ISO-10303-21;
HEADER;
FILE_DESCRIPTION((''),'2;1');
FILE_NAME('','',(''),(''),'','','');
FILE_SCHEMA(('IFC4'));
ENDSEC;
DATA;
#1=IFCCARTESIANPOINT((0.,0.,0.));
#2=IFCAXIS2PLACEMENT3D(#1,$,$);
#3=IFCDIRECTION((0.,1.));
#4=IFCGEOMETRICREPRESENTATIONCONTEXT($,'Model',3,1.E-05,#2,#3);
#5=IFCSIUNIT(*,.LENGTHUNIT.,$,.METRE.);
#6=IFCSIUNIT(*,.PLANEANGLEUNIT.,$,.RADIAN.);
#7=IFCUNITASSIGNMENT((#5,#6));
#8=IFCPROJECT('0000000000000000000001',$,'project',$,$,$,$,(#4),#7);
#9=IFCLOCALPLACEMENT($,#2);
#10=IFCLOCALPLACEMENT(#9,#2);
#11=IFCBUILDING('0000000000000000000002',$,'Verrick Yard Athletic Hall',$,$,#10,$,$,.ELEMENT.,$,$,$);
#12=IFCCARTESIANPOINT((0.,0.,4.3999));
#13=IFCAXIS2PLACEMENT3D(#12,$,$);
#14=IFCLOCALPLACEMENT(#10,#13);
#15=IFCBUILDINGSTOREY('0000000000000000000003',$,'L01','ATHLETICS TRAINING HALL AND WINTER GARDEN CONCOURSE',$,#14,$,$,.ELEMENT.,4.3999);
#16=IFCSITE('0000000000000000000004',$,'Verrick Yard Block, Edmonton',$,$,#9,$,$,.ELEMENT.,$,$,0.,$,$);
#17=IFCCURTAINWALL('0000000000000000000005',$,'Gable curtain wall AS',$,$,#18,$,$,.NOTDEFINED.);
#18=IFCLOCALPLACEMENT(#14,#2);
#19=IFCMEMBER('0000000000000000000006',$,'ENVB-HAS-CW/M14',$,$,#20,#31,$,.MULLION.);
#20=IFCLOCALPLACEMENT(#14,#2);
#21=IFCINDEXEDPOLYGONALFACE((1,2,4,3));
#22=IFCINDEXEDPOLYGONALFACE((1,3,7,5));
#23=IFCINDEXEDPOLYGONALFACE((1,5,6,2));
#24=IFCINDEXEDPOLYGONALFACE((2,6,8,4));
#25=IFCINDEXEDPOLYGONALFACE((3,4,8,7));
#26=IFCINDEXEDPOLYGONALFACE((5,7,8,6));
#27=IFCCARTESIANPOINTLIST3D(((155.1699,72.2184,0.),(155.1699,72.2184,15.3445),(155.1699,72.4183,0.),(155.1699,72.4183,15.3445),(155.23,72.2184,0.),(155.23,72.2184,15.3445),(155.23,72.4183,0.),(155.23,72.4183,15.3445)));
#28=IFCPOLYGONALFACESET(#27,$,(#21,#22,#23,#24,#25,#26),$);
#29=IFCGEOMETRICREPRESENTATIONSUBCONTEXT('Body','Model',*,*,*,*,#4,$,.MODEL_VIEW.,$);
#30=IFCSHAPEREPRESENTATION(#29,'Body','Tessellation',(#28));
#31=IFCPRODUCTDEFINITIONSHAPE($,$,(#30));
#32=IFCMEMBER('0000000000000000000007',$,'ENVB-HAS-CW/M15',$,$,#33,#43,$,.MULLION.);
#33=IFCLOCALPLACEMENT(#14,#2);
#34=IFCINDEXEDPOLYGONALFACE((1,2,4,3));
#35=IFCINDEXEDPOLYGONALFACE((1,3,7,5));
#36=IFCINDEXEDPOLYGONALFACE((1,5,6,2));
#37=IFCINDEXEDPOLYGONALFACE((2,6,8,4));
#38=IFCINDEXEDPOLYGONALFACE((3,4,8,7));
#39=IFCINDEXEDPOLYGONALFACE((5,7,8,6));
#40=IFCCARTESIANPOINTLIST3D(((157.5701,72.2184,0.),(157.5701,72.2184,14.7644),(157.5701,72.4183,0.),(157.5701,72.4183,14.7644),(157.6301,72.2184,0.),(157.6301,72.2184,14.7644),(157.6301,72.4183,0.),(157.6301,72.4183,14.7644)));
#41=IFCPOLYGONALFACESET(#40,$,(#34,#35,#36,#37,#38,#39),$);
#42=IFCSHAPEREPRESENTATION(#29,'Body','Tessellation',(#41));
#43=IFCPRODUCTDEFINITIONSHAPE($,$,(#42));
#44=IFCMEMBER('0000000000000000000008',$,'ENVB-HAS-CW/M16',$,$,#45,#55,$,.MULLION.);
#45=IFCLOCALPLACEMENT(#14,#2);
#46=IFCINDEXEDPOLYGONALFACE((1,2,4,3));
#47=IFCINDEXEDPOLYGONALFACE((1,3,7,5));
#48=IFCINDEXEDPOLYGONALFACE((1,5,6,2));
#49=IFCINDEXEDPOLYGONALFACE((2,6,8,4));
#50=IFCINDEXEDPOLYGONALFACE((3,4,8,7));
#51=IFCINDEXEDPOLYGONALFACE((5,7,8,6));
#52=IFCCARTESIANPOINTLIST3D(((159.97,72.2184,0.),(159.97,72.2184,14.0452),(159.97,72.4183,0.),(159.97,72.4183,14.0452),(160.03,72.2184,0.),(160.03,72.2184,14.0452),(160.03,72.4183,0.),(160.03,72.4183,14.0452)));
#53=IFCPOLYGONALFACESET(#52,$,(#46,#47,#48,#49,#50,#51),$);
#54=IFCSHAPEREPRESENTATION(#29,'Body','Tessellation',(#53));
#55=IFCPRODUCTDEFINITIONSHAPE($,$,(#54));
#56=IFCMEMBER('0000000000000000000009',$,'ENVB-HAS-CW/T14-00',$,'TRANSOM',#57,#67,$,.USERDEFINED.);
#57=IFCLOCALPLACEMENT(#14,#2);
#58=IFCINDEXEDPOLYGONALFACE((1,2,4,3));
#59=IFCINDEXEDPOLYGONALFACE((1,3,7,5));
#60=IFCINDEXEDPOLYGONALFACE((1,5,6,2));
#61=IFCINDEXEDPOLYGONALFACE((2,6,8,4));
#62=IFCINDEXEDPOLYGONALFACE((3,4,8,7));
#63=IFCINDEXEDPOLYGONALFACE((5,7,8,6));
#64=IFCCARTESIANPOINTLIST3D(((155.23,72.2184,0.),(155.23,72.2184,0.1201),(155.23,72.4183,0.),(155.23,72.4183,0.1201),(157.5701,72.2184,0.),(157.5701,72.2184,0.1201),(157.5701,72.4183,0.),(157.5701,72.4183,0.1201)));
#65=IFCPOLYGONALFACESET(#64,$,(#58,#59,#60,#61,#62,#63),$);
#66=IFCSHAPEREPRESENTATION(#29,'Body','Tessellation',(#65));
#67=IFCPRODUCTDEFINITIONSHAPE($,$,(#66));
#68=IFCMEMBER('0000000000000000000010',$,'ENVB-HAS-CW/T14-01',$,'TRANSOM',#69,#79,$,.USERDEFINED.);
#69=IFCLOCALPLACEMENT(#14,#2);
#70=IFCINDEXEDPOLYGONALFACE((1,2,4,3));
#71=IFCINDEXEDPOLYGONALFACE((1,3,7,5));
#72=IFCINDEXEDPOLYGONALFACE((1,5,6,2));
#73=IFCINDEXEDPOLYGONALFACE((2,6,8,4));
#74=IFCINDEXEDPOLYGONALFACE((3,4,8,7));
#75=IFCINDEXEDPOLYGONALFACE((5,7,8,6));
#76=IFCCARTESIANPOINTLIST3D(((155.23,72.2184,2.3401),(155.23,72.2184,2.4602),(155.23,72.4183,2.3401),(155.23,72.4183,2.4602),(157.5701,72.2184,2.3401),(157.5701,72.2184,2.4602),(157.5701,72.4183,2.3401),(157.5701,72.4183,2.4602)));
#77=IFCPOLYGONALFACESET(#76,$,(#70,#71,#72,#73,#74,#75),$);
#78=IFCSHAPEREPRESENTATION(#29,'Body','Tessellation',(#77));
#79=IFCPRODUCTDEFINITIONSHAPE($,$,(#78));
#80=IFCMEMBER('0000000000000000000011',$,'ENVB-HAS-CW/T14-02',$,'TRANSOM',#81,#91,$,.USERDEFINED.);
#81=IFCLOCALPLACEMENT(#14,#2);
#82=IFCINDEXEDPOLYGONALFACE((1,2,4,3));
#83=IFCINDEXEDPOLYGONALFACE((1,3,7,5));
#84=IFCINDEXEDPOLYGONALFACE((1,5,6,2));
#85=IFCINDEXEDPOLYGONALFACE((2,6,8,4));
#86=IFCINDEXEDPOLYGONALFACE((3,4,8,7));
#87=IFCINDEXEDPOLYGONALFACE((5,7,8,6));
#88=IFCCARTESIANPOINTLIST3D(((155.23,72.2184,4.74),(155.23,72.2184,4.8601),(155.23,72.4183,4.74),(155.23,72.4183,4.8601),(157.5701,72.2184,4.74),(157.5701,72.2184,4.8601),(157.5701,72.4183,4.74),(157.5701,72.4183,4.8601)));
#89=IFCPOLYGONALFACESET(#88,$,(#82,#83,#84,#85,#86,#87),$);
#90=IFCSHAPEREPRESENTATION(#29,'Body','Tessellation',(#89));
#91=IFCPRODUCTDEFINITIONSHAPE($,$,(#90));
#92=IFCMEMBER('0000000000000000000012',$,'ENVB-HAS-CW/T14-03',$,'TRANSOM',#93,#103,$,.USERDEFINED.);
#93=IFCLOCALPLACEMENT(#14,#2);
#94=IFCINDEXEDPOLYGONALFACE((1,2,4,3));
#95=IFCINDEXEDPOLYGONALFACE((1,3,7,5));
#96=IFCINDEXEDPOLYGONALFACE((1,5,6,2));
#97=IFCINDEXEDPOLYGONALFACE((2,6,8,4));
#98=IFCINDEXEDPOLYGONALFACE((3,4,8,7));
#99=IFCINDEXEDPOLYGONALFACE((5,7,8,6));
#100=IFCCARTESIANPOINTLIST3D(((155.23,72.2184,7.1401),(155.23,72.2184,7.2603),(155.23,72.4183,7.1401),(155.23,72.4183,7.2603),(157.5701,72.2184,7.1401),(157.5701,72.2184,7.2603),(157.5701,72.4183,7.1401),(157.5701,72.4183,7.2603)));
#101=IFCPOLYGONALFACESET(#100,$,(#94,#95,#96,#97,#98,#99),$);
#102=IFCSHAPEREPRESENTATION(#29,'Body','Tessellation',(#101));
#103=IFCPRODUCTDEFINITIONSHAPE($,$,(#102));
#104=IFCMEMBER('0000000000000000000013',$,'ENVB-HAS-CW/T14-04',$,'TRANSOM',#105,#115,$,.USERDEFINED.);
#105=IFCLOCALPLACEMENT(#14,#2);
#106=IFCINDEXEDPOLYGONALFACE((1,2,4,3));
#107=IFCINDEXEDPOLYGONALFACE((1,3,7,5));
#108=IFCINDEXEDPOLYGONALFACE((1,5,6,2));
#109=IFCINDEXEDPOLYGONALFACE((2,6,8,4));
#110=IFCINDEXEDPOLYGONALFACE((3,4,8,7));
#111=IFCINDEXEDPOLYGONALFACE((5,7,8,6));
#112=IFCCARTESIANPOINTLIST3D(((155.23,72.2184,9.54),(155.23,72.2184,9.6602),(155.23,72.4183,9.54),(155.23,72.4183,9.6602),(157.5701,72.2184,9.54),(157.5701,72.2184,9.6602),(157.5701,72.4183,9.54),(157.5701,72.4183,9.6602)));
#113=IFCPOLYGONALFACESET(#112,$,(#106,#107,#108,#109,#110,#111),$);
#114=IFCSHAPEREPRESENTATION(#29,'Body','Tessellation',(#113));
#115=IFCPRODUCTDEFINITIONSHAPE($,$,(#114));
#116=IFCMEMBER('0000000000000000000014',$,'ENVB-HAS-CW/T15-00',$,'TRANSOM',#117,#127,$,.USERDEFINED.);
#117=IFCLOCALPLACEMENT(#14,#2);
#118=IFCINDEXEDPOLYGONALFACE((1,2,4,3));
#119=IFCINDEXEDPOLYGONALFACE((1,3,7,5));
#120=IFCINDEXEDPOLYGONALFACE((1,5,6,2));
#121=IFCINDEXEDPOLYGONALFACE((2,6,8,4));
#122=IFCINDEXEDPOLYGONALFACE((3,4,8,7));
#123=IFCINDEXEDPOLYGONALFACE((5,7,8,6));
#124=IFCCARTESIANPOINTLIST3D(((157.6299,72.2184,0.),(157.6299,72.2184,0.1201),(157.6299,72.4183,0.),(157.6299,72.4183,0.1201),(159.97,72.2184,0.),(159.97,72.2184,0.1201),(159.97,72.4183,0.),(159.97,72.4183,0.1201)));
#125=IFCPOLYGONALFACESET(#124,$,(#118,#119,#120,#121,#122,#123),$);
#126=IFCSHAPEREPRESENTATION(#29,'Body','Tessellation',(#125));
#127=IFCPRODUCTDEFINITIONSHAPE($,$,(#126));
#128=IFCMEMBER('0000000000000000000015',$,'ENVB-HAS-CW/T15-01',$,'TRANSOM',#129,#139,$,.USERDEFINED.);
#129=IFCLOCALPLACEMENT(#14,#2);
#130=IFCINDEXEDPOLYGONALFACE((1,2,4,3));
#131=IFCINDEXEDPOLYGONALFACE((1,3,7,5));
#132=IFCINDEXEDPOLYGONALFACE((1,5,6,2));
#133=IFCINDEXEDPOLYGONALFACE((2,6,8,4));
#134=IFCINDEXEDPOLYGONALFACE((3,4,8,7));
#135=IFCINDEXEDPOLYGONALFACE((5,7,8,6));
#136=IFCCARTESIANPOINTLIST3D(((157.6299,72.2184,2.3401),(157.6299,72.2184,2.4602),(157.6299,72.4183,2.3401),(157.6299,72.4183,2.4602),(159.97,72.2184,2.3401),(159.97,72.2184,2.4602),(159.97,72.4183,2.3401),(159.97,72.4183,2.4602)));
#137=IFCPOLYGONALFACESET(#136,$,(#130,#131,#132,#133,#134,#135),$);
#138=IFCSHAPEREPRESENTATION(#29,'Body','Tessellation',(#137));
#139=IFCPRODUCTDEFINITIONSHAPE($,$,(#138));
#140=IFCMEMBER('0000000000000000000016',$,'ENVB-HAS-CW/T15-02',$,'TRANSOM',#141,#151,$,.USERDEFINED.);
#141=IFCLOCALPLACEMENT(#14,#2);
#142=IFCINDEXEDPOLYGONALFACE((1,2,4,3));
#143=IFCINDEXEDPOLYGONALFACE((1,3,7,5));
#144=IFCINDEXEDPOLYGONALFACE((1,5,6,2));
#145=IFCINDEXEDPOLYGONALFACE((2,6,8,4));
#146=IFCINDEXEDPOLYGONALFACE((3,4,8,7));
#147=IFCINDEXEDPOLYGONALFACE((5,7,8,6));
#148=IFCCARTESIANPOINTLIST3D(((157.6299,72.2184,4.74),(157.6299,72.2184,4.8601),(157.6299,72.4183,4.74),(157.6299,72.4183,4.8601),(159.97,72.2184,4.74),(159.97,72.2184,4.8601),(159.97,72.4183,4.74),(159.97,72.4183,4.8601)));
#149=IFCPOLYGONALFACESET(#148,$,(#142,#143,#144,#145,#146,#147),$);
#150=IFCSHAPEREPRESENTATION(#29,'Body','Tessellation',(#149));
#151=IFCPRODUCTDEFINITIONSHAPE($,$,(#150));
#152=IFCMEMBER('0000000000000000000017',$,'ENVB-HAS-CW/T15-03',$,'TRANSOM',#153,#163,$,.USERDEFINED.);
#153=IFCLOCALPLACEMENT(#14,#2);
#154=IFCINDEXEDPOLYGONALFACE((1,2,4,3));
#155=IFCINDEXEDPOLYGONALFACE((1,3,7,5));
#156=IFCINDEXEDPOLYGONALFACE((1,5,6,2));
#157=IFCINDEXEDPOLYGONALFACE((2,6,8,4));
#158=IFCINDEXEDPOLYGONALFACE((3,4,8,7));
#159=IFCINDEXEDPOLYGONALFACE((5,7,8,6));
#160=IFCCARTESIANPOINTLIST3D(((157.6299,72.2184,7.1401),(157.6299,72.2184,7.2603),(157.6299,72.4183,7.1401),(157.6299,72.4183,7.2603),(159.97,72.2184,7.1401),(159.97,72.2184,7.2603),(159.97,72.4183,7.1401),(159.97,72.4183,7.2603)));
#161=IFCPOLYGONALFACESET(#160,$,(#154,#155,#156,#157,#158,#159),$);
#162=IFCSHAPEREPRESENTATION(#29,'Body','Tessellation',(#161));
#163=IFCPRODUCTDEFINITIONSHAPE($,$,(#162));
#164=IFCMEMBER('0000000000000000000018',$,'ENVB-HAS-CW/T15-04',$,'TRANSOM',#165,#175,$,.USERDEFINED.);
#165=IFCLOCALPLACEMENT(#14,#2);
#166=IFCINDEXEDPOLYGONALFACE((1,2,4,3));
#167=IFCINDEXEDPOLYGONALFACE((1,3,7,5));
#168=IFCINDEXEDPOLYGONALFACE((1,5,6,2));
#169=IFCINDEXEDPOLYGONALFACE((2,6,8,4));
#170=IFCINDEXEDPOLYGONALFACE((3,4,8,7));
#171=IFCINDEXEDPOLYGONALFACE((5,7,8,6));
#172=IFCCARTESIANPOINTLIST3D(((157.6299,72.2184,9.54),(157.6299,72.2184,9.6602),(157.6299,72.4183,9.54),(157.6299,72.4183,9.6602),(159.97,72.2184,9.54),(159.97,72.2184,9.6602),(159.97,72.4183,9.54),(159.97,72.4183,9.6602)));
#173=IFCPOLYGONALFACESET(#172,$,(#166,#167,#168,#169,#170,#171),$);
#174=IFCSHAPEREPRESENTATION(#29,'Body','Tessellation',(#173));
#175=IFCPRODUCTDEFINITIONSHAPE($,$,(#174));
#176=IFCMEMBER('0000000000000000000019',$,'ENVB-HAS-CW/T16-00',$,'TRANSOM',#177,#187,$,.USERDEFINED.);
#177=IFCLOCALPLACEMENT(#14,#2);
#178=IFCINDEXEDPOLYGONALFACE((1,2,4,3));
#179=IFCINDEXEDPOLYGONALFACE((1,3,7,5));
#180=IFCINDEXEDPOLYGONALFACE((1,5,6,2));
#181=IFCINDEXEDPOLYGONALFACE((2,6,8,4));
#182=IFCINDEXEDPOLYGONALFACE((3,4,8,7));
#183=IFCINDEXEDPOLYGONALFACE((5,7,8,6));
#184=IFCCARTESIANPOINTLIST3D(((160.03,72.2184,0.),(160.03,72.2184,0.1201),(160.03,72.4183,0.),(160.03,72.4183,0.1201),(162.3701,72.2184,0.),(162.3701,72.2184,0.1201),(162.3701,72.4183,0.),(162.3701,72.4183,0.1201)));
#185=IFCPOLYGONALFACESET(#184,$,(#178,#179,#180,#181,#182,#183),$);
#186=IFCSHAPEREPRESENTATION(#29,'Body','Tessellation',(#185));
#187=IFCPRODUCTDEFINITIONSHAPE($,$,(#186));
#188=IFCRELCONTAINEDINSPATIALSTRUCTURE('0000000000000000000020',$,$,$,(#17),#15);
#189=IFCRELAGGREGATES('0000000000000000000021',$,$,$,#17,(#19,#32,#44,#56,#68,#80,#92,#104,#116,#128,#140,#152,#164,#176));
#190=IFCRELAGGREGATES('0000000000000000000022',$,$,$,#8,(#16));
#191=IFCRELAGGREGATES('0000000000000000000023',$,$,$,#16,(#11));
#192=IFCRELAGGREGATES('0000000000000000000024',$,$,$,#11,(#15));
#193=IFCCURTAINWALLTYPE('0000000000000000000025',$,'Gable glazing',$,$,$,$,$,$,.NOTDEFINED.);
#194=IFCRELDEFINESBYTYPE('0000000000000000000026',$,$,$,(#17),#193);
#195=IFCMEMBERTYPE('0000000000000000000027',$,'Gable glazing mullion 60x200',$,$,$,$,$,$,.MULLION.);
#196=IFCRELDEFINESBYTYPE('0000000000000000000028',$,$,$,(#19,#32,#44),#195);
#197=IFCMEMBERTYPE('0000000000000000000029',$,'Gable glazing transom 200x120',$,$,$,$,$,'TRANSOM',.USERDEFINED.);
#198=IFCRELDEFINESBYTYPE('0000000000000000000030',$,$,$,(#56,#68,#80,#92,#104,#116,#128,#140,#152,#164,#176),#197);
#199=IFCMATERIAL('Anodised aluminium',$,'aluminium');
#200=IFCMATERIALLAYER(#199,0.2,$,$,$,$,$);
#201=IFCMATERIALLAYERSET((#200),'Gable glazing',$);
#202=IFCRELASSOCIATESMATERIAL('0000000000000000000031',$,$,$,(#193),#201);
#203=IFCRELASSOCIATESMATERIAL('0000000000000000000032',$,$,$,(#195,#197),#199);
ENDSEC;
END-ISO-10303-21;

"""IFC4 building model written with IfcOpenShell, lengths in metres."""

from ifc_helpers import new_model, si_unit, direction, frame, origin, origin_2d, place, context, subcontext, project, spatial, rectangle, extrude, material, layer, layer_set, material_profile, profile_set, type_object, element, aggregate, save


model = new_model("IFC4")

# Units and contexts
model_context = context("Model", 3, precision=1e-05, world=origin(), true_north=direction((0.0, 1.0)))
body_context = subcontext(model_context, "Body", "Model", "MODEL_VIEW")
ifc_project = project(units=[si_unit("LENGTHUNIT", "METRE"), si_unit("PLANEANGLEUNIT", "RADIAN")], contexts=[model_context])

# Site, building, storey
site_placement = place(None, origin())
site = spatial("IfcSite", under=ifc_project, at=site_placement, Name="Verrick Yard Block, Edmonton", CompositionType="ELEMENT", RefElevation=0.0)
building_placement = place(site_placement, origin())
building = spatial("IfcBuilding", under=site, at=building_placement, Name="Verrick Yard Athletic Hall", CompositionType="ELEMENT")
storey_placement = place(building_placement, frame((0.0, 0.0, 4.3999)))
storey = spatial("IfcBuildingStorey", under=building, at=storey_placement, Name="L01", Description="ATHLETICS TRAINING HALL AND WINTER GARDEN CONCOURSE", CompositionType="ELEMENT", Elevation=4.3999)

# Curtain wall, members
ifc_material_1 = material(Name="Anodised aluminium", Category="aluminium")
ifc_layer_1 = layer(ifc_material_1, 0.2)
ifc_layer_set_1 = layer_set([ifc_layer_1], Name="Gable glazing")
curtain_wall_type = type_object("IfcCurtainWallType", Name="Gable glazing", PredefinedType="NOTDEFINED", material=ifc_layer_set_1)
curtain_wall_placement = place(storey_placement, origin())
curtain_wall = element("IfcCurtainWall", 1, at=curtain_wall_placement, inside=storey, type_object=curtain_wall_type, Name="Gable curtain wall AS", PredefinedType="NOTDEFINED")
ifc_material_profile_1 = material_profile(ifc_material_1, rectangle(XDim=0.2, YDim=0.0601, at=origin_2d()), Name="CW gable mullion 60x200")
ifc_profile_set_1 = profile_set([ifc_material_profile_1], Name="Anodised aluminium")
member_type_1 = type_object("IfcMemberType", Name="Gable glazing mullion 60x200", PredefinedType="MULLION", material=ifc_profile_set_1)
member_1_placement = place(storey_placement, frame((155.2, 72.3184, 0.0), z_axis=(0.0, 0.0, 1.0), x_axis=(0.0, 1.0, 0.0)))
member_1 = element("IfcMember", 2, at=member_1_placement, type_object=member_type_1, Name="ENVB-HAS-CW/M14", PredefinedType="MULLION", context=body_context, shape_type="SweptSolid", body=[
    extrude(rectangle(XDim=0.2, YDim=0.0601, at=origin_2d()), origin(), (0.0, 0.0, 1.0), 15.3445),
])
member_2_placement = place(storey_placement, frame((157.6001, 72.3184, 0.0), z_axis=(0.0, 0.0, 1.0), x_axis=(0.0, 1.0, 0.0)))
member_2 = element("IfcMember", 3, at=member_2_placement, type_object=member_type_1, Name="ENVB-HAS-CW/M15", PredefinedType="MULLION", context=body_context, shape_type="SweptSolid", body=[
    extrude(rectangle(XDim=0.2, YDim=0.0601, at=origin_2d()), origin(), (0.0, 0.0, 1.0), 14.7644),
])
member_3_placement = place(storey_placement, frame((160.0, 72.3184, 0.0), z_axis=(0.0, 0.0, 1.0), x_axis=(0.0, 1.0, 0.0)))
member_3 = element("IfcMember", 4, at=member_3_placement, type_object=member_type_1, Name="ENVB-HAS-CW/M16", PredefinedType="MULLION", context=body_context, shape_type="SweptSolid", body=[
    extrude(rectangle(XDim=0.2, YDim=0.0601, at=origin_2d()), origin(), (0.0, 0.0, 1.0), 14.0452),
])
ifc_material_profile_2 = material_profile(ifc_material_1, rectangle(XDim=0.2, YDim=0.1201, at=origin_2d()), Name="CW gable transom 200x120")
ifc_profile_set_2 = profile_set([ifc_material_profile_2], Name="Anodised aluminium")
member_type_2 = type_object("IfcMemberType", Name="Gable glazing transom 200x120", ElementType="TRANSOM", PredefinedType="USERDEFINED", material=ifc_profile_set_2)
member_4_placement = place(storey_placement, frame((155.23, 72.3184, 0.0601), z_axis=(1.0, 0.0, 0.0), x_axis=(0.0, 1.0, 0.0)))
member_4 = element("IfcMember", 5, at=member_4_placement, type_object=member_type_2, Name="ENVB-HAS-CW/T14-00", ObjectType="TRANSOM", PredefinedType="USERDEFINED", context=body_context, shape_type="SweptSolid", body=[
    extrude(rectangle(XDim=0.2, YDim=0.1201, at=origin_2d()), origin(), (0.0, 0.0, 1.0), 2.3401),
])
member_5_placement = place(storey_placement, frame((155.23, 72.3184, 2.4001), z_axis=(1.0, 0.0, 0.0), x_axis=(0.0, 1.0, 0.0)))
member_5 = element("IfcMember", 6, at=member_5_placement, type_object=member_type_2, Name="ENVB-HAS-CW/T14-01", ObjectType="TRANSOM", PredefinedType="USERDEFINED", context=body_context, shape_type="SweptSolid", body=[
    extrude(rectangle(XDim=0.2, YDim=0.1201, at=origin_2d()), origin(), (0.0, 0.0, 1.0), 2.3401),
])
member_6_placement = place(storey_placement, frame((155.23, 72.3184, 4.8), z_axis=(1.0, 0.0, 0.0), x_axis=(0.0, 1.0, 0.0)))
member_6 = element("IfcMember", 7, at=member_6_placement, type_object=member_type_2, Name="ENVB-HAS-CW/T14-02", ObjectType="TRANSOM", PredefinedType="USERDEFINED", context=body_context, shape_type="SweptSolid", body=[
    extrude(rectangle(XDim=0.2, YDim=0.1201, at=origin_2d()), origin(), (0.0, 0.0, 1.0), 2.3401),
])
member_7_placement = place(storey_placement, frame((155.23, 72.3184, 7.2002), z_axis=(1.0, 0.0, 0.0), x_axis=(0.0, 1.0, 0.0)))
member_7 = element("IfcMember", 8, at=member_7_placement, type_object=member_type_2, Name="ENVB-HAS-CW/T14-03", ObjectType="TRANSOM", PredefinedType="USERDEFINED", context=body_context, shape_type="SweptSolid", body=[
    extrude(rectangle(XDim=0.2, YDim=0.1201, at=origin_2d()), origin(), (0.0, 0.0, 1.0), 2.3401),
])
member_8_placement = place(storey_placement, frame((155.23, 72.3184, 9.6001), z_axis=(1.0, 0.0, 0.0), x_axis=(0.0, 1.0, 0.0)))
member_8 = element("IfcMember", 9, at=member_8_placement, type_object=member_type_2, Name="ENVB-HAS-CW/T14-04", ObjectType="TRANSOM", PredefinedType="USERDEFINED", context=body_context, shape_type="SweptSolid", body=[
    extrude(rectangle(XDim=0.2, YDim=0.1201, at=origin_2d()), origin(), (0.0, 0.0, 1.0), 2.3401),
])
member_9_placement = place(storey_placement, frame((157.6299, 72.3184, 0.0601), z_axis=(1.0, 0.0, 0.0), x_axis=(0.0, 1.0, 0.0)))
member_9 = element("IfcMember", 10, at=member_9_placement, type_object=member_type_2, Name="ENVB-HAS-CW/T15-00", ObjectType="TRANSOM", PredefinedType="USERDEFINED", context=body_context, shape_type="SweptSolid", body=[
    extrude(rectangle(XDim=0.2, YDim=0.1201, at=origin_2d()), origin(), (0.0, 0.0, 1.0), 2.3401),
])
member_10_placement = place(storey_placement, frame((157.6299, 72.3184, 2.4001), z_axis=(1.0, 0.0, 0.0), x_axis=(0.0, 1.0, 0.0)))
member_10 = element("IfcMember", 11, at=member_10_placement, type_object=member_type_2, Name="ENVB-HAS-CW/T15-01", ObjectType="TRANSOM", PredefinedType="USERDEFINED", context=body_context, shape_type="SweptSolid", body=[
    extrude(rectangle(XDim=0.2, YDim=0.1201, at=origin_2d()), origin(), (0.0, 0.0, 1.0), 2.3401),
])
member_11_placement = place(storey_placement, frame((157.6299, 72.3184, 4.8), z_axis=(1.0, 0.0, 0.0), x_axis=(0.0, 1.0, 0.0)))
member_11 = element("IfcMember", 12, at=member_11_placement, type_object=member_type_2, Name="ENVB-HAS-CW/T15-02", ObjectType="TRANSOM", PredefinedType="USERDEFINED", context=body_context, shape_type="SweptSolid", body=[
    extrude(rectangle(XDim=0.2, YDim=0.1201, at=origin_2d()), origin(), (0.0, 0.0, 1.0), 2.3401),
])
member_12_placement = place(storey_placement, frame((157.6299, 72.3184, 7.2002), z_axis=(1.0, 0.0, 0.0), x_axis=(0.0, 1.0, 0.0)))
member_12 = element("IfcMember", 13, at=member_12_placement, type_object=member_type_2, Name="ENVB-HAS-CW/T15-03", ObjectType="TRANSOM", PredefinedType="USERDEFINED", context=body_context, shape_type="SweptSolid", body=[
    extrude(rectangle(XDim=0.2, YDim=0.1201, at=origin_2d()), origin(), (0.0, 0.0, 1.0), 2.3401),
])
member_13_placement = place(storey_placement, frame((157.6299, 72.3184, 9.6001), z_axis=(1.0, 0.0, 0.0), x_axis=(0.0, 1.0, 0.0)))
member_13 = element("IfcMember", 14, at=member_13_placement, type_object=member_type_2, Name="ENVB-HAS-CW/T15-04", ObjectType="TRANSOM", PredefinedType="USERDEFINED", context=body_context, shape_type="SweptSolid", body=[
    extrude(rectangle(XDim=0.2, YDim=0.1201, at=origin_2d()), origin(), (0.0, 0.0, 1.0), 2.3401),
])
member_14_placement = place(storey_placement, frame((160.03, 72.3184, 0.0601), z_axis=(1.0, 0.0, 0.0), x_axis=(0.0, 1.0, 0.0)))
member_14 = element("IfcMember", 15, at=member_14_placement, type_object=member_type_2, Name="ENVB-HAS-CW/T16-00", ObjectType="TRANSOM", PredefinedType="USERDEFINED", context=body_context, shape_type="SweptSolid", body=[
    extrude(rectangle(XDim=0.2, YDim=0.1201, at=origin_2d()), origin(), (0.0, 0.0, 1.0), 2.3401),
])
aggregate(curtain_wall, [member_1, member_2, member_3, member_4, member_5, member_6, member_7, member_8, member_9, member_10, member_11, member_12, member_13, member_14])

save(model, "model.ifc")
